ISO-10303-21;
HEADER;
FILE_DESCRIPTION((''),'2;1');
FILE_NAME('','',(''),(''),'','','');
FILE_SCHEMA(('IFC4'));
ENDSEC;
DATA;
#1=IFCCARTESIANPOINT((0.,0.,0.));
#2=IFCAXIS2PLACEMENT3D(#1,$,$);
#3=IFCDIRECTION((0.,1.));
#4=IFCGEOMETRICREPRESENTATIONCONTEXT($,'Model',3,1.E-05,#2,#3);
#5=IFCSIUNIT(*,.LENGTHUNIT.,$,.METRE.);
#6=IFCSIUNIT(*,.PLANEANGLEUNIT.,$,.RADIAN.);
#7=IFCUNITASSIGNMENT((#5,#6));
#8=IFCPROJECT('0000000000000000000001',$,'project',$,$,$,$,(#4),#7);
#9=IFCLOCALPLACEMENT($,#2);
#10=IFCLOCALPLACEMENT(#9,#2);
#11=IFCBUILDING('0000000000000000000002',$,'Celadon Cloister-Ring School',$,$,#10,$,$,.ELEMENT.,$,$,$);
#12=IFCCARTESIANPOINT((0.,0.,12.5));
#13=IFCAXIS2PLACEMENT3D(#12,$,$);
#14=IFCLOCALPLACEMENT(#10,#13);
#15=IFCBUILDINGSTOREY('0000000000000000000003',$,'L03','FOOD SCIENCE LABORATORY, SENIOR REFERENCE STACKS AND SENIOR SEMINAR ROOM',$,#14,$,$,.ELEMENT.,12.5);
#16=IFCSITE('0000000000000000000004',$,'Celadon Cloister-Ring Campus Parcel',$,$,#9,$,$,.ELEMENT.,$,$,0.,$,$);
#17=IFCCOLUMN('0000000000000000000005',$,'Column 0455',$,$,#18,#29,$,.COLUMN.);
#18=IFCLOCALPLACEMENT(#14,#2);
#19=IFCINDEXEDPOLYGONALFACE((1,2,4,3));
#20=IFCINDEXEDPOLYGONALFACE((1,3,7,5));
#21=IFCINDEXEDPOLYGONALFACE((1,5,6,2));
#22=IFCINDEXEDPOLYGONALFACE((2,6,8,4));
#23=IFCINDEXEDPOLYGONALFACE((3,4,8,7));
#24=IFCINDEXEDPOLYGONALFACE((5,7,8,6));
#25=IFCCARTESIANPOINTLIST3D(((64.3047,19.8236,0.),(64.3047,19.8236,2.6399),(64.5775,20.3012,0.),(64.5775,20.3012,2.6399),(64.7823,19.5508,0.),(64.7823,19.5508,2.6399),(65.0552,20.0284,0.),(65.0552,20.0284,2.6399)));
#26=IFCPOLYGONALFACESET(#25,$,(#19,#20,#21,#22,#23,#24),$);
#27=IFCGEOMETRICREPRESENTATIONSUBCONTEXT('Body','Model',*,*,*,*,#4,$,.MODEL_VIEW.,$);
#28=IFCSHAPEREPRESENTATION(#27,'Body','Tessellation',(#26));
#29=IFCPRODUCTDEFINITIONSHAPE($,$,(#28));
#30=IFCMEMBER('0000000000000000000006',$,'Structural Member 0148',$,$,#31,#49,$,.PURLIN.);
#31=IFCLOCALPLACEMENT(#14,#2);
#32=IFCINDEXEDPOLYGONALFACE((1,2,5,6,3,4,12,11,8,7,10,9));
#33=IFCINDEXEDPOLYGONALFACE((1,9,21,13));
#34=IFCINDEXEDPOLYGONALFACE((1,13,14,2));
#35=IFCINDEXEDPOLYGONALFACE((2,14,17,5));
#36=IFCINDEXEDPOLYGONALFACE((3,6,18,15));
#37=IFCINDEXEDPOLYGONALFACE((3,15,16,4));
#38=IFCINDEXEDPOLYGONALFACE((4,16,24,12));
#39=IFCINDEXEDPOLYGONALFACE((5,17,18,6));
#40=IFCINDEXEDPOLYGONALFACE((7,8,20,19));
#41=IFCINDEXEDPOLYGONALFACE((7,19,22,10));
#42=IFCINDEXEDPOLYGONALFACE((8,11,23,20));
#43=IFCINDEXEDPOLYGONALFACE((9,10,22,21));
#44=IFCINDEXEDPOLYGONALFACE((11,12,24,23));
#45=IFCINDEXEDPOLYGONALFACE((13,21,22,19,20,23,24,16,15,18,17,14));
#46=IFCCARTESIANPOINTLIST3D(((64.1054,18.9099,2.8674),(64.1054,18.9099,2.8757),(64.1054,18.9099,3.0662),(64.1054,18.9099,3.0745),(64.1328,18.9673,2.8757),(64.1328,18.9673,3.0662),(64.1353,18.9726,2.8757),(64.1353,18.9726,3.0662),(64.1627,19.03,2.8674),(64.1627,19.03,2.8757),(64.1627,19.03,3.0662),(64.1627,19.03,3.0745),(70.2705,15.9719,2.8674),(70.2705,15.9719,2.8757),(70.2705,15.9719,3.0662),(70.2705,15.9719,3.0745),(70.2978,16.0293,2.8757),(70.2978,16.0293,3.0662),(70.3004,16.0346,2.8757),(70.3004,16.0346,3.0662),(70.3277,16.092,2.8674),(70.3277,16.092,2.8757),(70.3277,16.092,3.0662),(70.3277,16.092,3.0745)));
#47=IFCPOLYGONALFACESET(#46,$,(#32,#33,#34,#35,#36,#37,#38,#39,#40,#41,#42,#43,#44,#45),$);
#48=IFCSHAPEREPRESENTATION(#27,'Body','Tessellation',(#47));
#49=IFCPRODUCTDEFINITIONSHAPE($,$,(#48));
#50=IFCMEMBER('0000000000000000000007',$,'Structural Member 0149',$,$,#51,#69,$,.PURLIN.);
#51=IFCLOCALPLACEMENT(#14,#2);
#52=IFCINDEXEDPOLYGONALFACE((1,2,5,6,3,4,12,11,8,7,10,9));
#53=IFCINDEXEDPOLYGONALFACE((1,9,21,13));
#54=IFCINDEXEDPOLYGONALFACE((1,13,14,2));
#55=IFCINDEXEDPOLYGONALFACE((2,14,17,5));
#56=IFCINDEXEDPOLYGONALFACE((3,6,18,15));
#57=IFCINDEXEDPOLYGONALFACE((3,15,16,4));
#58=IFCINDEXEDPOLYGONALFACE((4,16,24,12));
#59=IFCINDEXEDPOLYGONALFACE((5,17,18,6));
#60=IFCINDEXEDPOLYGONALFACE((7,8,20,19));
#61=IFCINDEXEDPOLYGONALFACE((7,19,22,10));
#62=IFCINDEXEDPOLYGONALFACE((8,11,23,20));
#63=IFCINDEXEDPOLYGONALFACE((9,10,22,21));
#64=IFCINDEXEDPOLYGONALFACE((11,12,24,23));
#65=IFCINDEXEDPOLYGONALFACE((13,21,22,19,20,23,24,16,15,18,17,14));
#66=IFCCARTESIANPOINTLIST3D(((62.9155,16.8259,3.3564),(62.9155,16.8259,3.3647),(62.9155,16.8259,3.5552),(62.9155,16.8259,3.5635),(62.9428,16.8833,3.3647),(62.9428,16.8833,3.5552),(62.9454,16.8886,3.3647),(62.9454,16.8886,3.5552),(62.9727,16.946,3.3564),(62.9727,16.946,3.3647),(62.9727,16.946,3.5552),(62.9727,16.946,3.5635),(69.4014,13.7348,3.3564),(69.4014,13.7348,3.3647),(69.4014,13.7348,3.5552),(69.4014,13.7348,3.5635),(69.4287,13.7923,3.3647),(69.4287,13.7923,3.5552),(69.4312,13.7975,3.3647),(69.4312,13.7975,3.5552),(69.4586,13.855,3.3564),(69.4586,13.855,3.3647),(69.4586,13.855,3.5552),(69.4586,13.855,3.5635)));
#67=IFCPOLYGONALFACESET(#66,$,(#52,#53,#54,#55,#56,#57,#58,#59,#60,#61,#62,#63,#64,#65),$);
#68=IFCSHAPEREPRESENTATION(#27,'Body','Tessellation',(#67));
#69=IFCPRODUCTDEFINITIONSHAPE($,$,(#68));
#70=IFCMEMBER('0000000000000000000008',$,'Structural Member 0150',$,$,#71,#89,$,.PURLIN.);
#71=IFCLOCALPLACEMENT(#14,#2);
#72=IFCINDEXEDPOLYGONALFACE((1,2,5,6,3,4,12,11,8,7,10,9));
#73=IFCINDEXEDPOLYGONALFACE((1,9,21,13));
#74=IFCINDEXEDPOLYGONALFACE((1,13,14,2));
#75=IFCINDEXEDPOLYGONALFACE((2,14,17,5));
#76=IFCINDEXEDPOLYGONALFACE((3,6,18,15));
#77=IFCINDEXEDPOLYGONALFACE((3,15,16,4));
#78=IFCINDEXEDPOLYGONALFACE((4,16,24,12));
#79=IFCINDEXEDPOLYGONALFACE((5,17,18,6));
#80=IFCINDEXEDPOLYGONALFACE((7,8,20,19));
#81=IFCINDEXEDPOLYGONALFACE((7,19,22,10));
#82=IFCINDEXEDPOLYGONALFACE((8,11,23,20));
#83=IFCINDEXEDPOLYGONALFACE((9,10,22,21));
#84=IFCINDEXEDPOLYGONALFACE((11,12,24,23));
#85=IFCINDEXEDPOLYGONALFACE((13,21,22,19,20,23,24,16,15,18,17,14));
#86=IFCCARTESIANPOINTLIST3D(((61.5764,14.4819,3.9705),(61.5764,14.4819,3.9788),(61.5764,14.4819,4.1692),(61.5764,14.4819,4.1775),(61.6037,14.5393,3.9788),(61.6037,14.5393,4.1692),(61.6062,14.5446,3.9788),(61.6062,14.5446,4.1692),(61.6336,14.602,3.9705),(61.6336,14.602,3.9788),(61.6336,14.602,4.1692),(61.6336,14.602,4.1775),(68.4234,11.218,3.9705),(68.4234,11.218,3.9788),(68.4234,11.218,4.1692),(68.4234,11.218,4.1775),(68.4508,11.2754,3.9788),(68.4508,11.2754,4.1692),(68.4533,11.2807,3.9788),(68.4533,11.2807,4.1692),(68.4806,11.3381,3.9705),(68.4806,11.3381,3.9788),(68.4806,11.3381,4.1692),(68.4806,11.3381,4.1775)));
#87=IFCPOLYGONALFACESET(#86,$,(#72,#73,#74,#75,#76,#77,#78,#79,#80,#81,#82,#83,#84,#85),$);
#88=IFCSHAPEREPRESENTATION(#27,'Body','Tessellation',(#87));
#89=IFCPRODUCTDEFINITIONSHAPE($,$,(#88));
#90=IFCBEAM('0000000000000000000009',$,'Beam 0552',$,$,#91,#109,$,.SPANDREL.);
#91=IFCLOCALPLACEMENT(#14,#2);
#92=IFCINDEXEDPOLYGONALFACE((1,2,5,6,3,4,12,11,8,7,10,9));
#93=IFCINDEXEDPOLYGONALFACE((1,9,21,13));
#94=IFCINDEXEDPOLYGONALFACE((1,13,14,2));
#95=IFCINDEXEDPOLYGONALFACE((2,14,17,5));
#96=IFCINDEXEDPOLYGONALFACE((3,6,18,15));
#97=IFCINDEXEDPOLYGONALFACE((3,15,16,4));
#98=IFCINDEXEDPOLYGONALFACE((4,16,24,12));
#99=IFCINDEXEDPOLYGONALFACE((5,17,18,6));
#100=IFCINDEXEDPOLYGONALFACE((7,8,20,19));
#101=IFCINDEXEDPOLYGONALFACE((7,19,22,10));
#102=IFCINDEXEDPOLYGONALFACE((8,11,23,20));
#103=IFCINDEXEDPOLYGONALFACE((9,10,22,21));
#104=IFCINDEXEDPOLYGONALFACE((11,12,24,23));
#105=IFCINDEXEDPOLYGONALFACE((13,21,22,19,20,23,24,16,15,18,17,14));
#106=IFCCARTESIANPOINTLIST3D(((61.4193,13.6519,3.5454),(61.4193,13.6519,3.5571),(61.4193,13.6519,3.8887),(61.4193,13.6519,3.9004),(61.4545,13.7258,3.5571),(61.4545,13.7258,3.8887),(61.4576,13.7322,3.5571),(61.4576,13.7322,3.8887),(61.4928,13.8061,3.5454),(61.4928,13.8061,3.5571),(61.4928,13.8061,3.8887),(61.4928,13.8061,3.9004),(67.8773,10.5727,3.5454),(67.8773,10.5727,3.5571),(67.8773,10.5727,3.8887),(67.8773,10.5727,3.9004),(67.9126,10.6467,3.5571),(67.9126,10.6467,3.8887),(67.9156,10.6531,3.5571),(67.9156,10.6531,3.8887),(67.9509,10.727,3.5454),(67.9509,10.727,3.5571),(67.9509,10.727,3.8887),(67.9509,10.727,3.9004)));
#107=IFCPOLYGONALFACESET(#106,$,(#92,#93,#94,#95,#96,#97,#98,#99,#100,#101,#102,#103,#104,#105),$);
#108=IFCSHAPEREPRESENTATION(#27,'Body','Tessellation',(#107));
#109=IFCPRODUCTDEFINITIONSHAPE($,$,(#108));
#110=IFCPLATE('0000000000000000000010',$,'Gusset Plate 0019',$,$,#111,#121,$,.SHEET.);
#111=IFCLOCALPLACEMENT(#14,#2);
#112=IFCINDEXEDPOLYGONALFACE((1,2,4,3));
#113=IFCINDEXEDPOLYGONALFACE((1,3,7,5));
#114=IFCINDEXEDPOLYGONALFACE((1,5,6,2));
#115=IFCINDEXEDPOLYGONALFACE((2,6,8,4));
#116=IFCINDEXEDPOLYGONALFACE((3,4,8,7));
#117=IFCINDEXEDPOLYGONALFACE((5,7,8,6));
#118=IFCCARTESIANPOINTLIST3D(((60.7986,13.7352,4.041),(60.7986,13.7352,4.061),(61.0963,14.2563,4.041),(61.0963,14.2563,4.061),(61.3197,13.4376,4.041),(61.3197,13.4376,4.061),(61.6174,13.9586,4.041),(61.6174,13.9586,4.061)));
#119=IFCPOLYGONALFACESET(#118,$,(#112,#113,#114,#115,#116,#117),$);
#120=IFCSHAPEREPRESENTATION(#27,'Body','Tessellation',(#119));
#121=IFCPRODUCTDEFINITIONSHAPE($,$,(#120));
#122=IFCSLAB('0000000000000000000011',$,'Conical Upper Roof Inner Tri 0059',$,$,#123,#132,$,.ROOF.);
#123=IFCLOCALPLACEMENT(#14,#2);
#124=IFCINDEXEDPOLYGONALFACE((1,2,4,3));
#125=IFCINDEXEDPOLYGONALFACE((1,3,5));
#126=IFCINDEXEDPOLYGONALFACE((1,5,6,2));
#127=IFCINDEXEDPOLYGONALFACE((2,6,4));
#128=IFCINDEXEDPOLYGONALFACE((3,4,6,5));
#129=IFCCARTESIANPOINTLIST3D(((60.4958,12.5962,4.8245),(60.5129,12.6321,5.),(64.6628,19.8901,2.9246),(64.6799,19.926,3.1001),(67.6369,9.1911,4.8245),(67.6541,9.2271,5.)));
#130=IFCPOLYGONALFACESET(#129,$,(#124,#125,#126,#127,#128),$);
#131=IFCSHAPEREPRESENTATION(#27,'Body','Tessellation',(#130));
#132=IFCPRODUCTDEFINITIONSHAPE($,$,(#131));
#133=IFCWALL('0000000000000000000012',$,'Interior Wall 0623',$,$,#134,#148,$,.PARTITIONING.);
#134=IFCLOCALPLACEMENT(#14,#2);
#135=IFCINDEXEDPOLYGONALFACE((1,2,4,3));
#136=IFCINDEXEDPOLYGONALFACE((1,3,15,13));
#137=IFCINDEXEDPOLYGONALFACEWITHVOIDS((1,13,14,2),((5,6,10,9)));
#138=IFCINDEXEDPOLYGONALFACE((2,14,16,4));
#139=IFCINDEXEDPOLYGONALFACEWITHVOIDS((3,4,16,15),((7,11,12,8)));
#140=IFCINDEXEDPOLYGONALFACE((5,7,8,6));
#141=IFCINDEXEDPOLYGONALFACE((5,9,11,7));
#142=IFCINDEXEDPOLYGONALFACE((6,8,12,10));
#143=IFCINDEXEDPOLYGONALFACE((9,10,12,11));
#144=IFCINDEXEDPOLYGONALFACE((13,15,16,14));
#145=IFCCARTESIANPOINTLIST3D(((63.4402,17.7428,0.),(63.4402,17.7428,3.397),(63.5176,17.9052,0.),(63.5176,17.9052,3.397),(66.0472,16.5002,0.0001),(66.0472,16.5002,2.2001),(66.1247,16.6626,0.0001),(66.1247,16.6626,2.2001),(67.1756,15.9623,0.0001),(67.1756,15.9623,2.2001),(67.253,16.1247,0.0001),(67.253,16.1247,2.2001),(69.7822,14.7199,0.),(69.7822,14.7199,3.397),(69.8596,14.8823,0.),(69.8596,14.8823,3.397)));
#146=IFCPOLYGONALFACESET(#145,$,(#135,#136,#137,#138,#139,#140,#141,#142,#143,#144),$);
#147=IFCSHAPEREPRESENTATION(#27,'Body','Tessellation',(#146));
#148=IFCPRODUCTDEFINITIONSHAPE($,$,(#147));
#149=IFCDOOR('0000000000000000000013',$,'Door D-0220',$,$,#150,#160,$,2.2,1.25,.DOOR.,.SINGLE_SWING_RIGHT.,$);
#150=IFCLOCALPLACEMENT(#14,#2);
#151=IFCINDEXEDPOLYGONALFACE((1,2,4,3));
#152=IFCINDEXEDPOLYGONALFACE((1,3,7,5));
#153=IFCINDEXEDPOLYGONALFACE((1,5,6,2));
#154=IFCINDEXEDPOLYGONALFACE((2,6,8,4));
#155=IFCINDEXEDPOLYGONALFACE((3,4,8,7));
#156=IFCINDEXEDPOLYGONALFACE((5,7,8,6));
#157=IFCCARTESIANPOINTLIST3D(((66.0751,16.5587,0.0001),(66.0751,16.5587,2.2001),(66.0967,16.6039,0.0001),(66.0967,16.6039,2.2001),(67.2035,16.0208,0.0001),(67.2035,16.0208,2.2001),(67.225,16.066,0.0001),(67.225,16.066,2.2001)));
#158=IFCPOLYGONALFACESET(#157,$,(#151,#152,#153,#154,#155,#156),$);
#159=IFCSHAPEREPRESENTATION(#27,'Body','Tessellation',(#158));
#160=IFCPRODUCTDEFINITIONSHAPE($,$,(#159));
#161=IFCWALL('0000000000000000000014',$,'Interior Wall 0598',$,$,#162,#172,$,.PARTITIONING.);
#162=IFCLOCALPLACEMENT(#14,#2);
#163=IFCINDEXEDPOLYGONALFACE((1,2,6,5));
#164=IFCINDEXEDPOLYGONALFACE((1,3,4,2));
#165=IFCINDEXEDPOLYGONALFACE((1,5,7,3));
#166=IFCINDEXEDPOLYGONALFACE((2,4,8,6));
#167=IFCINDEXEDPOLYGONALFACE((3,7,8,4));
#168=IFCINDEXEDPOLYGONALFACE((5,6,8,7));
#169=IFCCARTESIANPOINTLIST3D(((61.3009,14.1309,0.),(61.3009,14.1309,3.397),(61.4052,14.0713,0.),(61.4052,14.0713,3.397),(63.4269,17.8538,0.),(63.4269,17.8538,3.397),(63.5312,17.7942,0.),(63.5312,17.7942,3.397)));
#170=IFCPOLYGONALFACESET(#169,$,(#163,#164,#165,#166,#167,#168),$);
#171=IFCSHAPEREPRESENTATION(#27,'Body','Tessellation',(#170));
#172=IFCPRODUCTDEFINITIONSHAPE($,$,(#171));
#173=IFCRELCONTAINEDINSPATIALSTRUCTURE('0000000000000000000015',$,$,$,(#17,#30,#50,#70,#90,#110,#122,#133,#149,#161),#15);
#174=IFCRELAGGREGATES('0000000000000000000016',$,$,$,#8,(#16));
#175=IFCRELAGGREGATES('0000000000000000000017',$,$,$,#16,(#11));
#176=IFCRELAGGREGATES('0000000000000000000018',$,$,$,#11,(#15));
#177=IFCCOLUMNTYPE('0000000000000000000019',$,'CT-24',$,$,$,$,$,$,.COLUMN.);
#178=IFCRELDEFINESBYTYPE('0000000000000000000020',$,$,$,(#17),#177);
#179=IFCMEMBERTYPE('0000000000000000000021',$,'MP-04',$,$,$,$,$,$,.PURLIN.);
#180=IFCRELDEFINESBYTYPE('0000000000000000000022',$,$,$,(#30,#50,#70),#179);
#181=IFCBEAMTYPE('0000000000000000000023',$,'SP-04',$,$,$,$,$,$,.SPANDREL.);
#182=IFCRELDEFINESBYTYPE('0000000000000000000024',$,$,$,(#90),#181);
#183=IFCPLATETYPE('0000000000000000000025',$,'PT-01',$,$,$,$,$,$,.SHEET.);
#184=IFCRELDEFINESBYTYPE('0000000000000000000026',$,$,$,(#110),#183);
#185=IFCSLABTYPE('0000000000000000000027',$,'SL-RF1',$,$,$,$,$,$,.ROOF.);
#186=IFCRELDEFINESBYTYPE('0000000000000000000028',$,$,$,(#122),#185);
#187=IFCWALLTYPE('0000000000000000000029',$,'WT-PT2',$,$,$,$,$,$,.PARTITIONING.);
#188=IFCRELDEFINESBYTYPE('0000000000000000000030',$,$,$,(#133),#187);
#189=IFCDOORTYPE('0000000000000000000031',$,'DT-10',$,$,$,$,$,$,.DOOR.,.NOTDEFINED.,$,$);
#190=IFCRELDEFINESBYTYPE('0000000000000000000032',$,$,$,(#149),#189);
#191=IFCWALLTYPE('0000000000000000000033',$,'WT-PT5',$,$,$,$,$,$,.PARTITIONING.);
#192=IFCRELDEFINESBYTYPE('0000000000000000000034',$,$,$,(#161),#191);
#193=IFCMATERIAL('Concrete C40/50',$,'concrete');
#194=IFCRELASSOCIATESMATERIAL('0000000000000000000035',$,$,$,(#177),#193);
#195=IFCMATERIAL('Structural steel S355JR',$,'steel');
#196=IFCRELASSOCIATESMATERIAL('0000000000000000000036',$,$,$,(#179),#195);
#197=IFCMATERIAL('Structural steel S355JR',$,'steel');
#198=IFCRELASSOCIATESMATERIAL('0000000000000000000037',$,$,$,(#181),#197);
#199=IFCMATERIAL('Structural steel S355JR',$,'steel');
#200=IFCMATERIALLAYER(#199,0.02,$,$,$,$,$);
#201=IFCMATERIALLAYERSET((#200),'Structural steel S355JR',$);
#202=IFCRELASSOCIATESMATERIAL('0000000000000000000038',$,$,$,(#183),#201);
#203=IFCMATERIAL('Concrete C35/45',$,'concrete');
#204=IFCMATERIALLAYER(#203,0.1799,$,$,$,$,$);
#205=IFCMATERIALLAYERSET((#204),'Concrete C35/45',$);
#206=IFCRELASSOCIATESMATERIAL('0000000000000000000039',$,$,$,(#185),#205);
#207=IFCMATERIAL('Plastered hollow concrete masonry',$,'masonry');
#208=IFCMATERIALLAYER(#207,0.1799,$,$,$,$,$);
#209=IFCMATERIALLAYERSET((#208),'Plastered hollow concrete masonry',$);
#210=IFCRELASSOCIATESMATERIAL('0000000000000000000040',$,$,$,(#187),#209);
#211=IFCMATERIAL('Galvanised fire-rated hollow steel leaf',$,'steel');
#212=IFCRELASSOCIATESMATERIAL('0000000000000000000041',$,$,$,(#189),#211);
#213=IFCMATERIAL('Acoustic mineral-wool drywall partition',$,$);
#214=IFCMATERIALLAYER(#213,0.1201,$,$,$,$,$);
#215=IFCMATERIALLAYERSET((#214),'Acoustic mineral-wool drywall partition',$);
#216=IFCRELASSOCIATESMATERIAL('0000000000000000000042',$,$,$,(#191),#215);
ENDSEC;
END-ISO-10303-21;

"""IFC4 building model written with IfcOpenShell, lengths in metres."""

from ifc_helpers import new_model, si_unit, direction, frame, frame_2d, origin, origin_2d, place, context, subcontext, project, spatial, polyline, rectangle, i_section, outline, extrude, material, layer, layer_set, material_profile, profile_set, type_object, element, fill, save


model = new_model("IFC4")

# Units and contexts
model_context = context("Model", 3, precision=1e-05, world=origin(), true_north=direction((0.0, 1.0)))
body_context = subcontext(model_context, "Body", "Model", "MODEL_VIEW")
ifc_project = project(units=[si_unit("LENGTHUNIT", "METRE"), si_unit("PLANEANGLEUNIT", "RADIAN")], contexts=[model_context])

# Site, building, storey
site_placement = place(None, origin())
site = spatial("IfcSite", under=ifc_project, at=site_placement, Name="Celadon Cloister-Ring Campus Parcel", CompositionType="ELEMENT", RefElevation=0.0)
building_placement = place(site_placement, origin())
building = spatial("IfcBuilding", under=site, at=building_placement, Name="Celadon Cloister-Ring School", CompositionType="ELEMENT")
storey_placement = place(building_placement, frame((0.0, 0.0, 12.5)))
storey = spatial("IfcBuildingStorey", under=building, at=storey_placement, Name="L03", Description="FOOD SCIENCE LABORATORY, SENIOR REFERENCE STACKS AND SENIOR SEMINAR ROOM", CompositionType="ELEMENT", Elevation=12.5)

# Column
ifc_material_1 = material(Name="Concrete C40/50", Category="concrete")
ifc_material_profile_1 = material_profile(ifc_material_1, rectangle(XDim=0.55, YDim=0.55, at=origin_2d()), Name="RC550X550")
ifc_profile_set_1 = profile_set([ifc_material_profile_1], Name="Concrete C40/50")
column_type = type_object("IfcColumnType", Name="CT-24", PredefinedType="COLUMN", material=ifc_profile_set_1)
column_placement = place(storey_placement, frame((64.6799, 19.926, 0.0), z_axis=(0.0, 0.0, 1.0), x_axis=(-0.496004, -0.86832, 0.0)))
element("IfcColumn", 1, at=column_placement, inside=storey, type_object=column_type, Name="Column 0455", PredefinedType="COLUMN", context=body_context, shape_type="SweptSolid", body=[
    extrude(rectangle(XDim=0.55, YDim=0.55, at=origin_2d()), origin(), (0.0, 0.0, 1.0), 2.6399),
])

# Members
ifc_material_2 = material(Name="Structural steel S355JR", Category="steel")
ifc_material_profile_2 = material_profile(ifc_material_2, i_section(OverallWidth=0.1331, OverallDepth=0.207, WebThickness=0.0059, FlangeThickness=0.0083, at=origin_2d()), Name="W200X27")
ifc_profile_set_2 = profile_set([ifc_material_profile_2], Name="Structural steel S355JR")
member_type = type_object("IfcMemberType", Name="MP-04", PredefinedType="PURLIN", material=ifc_profile_set_2)
member_1_placement = place(storey_placement, frame((64.134, 18.97, 2.9709), z_axis=(0.902732, -0.430203, 0.0), x_axis=(0.430203, 0.902732, 0.0)))
element("IfcMember", 2, at=member_1_placement, inside=storey, type_object=member_type, Name="Structural Member 0148", PredefinedType="PURLIN", context=body_context, shape_type="SweptSolid", body=[
    extrude(i_section(OverallWidth=0.1331, OverallDepth=0.207, WebThickness=0.0059, FlangeThickness=0.0083, at=origin_2d()), origin(), (0.0, 0.0, 1.0), 6.8293),
])
member_2_placement = place(storey_placement, frame((62.9441, 16.886, 3.46), z_axis=(0.902722, -0.430225, 0.0), x_axis=(0.430225, 0.902722, 0.0)))
element("IfcMember", 3, at=member_2_placement, inside=storey, type_object=member_type, Name="Structural Member 0149", PredefinedType="PURLIN", context=body_context, shape_type="SweptSolid", body=[
    extrude(i_section(OverallWidth=0.1331, OverallDepth=0.207, WebThickness=0.0059, FlangeThickness=0.0083, at=origin_2d()), origin(), (0.0, 0.0, 1.0), 7.1848),
])
member_3_placement = place(storey_placement, frame((61.605, 14.542, 4.074), z_axis=(0.902683, -0.430307, 0.0), x_axis=(0.430307, 0.902683, 0.0)))
element("IfcMember", 4, at=member_3_placement, inside=storey, type_object=member_type, Name="Structural Member 0150", PredefinedType="PURLIN", context=body_context, shape_type="SweptSolid", body=[
    extrude(i_section(OverallWidth=0.1331, OverallDepth=0.207, WebThickness=0.0059, FlangeThickness=0.0083, at=origin_2d()), origin(), (0.0, 0.0, 1.0), 7.5852),
])

# Beam
ifc_material_3 = material(Name="Structural steel S355JR", Category="steel")
ifc_material_profile_3 = material_profile(ifc_material_3, i_section(OverallWidth=0.1709, OverallDepth=0.355, WebThickness=0.0071, FlangeThickness=0.0117, at=origin_2d()), Name="W360X51")
ifc_profile_set_3 = profile_set([ifc_material_profile_3], Name="Structural steel S355JR")
beam_type = type_object("IfcBeamType", Name="SP-04", PredefinedType="SPANDREL", material=ifc_profile_set_3)
beam_placement = place(storey_placement, frame((61.4561, 13.729, 3.7229), z_axis=(0.902651, -0.430373, 0.0), x_axis=(0.430373, 0.902651, 0.0)))
element("IfcBeam", 5, at=beam_placement, inside=storey, type_object=beam_type, Name="Beam 0552", PredefinedType="SPANDREL", context=body_context, shape_type="SweptSolid", body=[
    extrude(i_section(OverallWidth=0.1709, OverallDepth=0.355, WebThickness=0.0071, FlangeThickness=0.0117, at=origin_2d()), origin(), (0.0, 0.0, 1.0), 7.1545),
])

# Plate
ifc_material_4 = material(Name="Structural steel S355JR", Category="steel")
ifc_layer_1 = layer(ifc_material_4, 0.02)
ifc_layer_set_1 = layer_set([ifc_layer_1], Name="Structural steel S355JR")
plate_type = type_object("IfcPlateType", Name="PT-01", PredefinedType="SHEET", material=ifc_layer_set_1)
plate_placement = place(storey_placement, frame((61.208, 13.8469, 4.041), z_axis=(0.0, 0.0, 1.0), x_axis=(-0.496004, -0.86832, 0.0)))
element("IfcPlate", 6, at=plate_placement, inside=storey, type_object=plate_type, Name="Gusset Plate 0019", PredefinedType="SHEET", context=body_context, shape_type="SweptSolid", body=[
    extrude(rectangle(XDim=0.6001, YDim=0.6001, at=origin_2d()), origin(), (0.0, 0.0, 1.0), 0.02),
])

# Slab
ifc_material_5 = material(Name="Concrete C35/45", Category="concrete")
ifc_layer_2 = layer(ifc_material_5, 0.1799)
ifc_layer_set_2 = layer_set([ifc_layer_2], Name="Concrete C35/45")
slab_type = type_object("IfcSlabType", Name="SL-RF1", PredefinedType="ROOF", material=ifc_layer_set_2)
slab_placement = place(storey_placement, frame((64.6799, 19.926, 3.1001), z_axis=(0.095193, 0.199642, 0.975234), x_axis=(-0.483831, -0.846903, 0.220598)))
element("IfcSlab", 7, at=slab_placement, inside=storey, type_object=slab_type, Name="Conical Upper Roof Inner Tri 0059", PredefinedType="ROOF", context=body_context, shape_type="SweptSolid", body=[
    extrude(outline(polyline([(0.0, 0.0), (8.6125, 0.0), (8.0411, 7.8907), (0.0, 0.0)])), origin(), (0.0, 0.0, -1.0), 0.1799),
])

# Wall, opening, door
ifc_material_6 = material(Name="Plastered hollow concrete masonry", Category="masonry")
ifc_layer_3 = layer(ifc_material_6, 0.1799)
ifc_layer_set_3 = layer_set([ifc_layer_3], Name="Plastered hollow concrete masonry")
wall_type_1 = type_object("IfcWallType", Name="WT-PT2", PredefinedType="PARTITIONING", material=ifc_layer_set_3)
wall_1_placement = place(storey_placement, frame((63.479, 17.824, 0.0), z_axis=(0.0, 0.0, 1.0), x_axis=(0.902699, -0.430273, 0.0)))
wall_1 = element("IfcWall", 8, at=wall_1_placement, inside=storey, type_object=wall_type_1, Name="Interior Wall 0623", PredefinedType="PARTITIONING", context=body_context, shape_type="SweptSolid", body=[
    extrude(rectangle(XDim=7.0256, YDim=0.1799, at=frame_2d((3.5127, 0.0))), origin(), (0.0, 0.0, 1.0), 3.397),
])
opening_placement = place(wall_1_placement, frame((2.8879, 0.0, 0.0)))
opening = element("IfcOpeningElement", 9, at=opening_placement, cuts=wall_1, PredefinedType="OPENING", context=body_context, shape_type="SweptSolid", body=[
    extrude(rectangle(XDim=1.25, YDim=2.2, at=frame_2d((0.625, 1.1001))), frame((0.0, 0.1001, 0.0), z_axis=(0.0, -1.0, 0.0), x_axis=(1.0, 0.0, 0.0)), (0.0, 0.0, 1.0), 0.2),
])
ifc_material_7 = material(Name="Galvanised fire-rated hollow steel leaf", Category="steel")
door_type = type_object("IfcDoorType", Name="DT-10", OperationType="NOTDEFINED", PredefinedType="DOOR", material=ifc_material_7)
door_placement = place(opening_placement, origin())
door = element("IfcDoor", 10, at=door_placement, inside=storey, type_object=door_type, Name="Door D-0220", OperationType="SINGLE_SWING_RIGHT", OverallHeight=2.2, OverallWidth=1.25, PredefinedType="DOOR", context=body_context, shape_type="SweptSolid", body=[
    extrude(rectangle(XDim=1.25, YDim=2.2, at=frame_2d((0.625, 1.1001))), frame((0.0, 0.0249, 0.0), z_axis=(0.0, -1.0, 0.0), x_axis=(1.0, 0.0, 0.0)), (0.0, 0.0, 1.0), 0.05),
])
fill(opening, door)

# Wall
ifc_material_8 = material(Name="Acoustic mineral-wool drywall partition")
ifc_layer_4 = layer(ifc_material_8, 0.1201)
ifc_layer_set_4 = layer_set([ifc_layer_4], Name="Acoustic mineral-wool drywall partition")
wall_type_2 = type_object("IfcWallType", Name="WT-PT5", PredefinedType="PARTITIONING", material=ifc_layer_set_4)
wall_2_placement = place(storey_placement, frame((63.479, 17.824, 0.0), z_axis=(0.0, 0.0, 1.0), x_axis=(-0.495894, -0.868383, 0.0)))
element("IfcWall", 11, at=wall_2_placement, inside=storey, type_object=wall_type_2, Name="Interior Wall 0598", PredefinedType="PARTITIONING", context=body_context, shape_type="SweptSolid", body=[
    extrude(rectangle(XDim=4.2871, YDim=0.1201, at=frame_2d((2.1436, 0.0))), origin(), (0.0, 0.0, 1.0), 3.397),
])

save(model, "model.ifc")
